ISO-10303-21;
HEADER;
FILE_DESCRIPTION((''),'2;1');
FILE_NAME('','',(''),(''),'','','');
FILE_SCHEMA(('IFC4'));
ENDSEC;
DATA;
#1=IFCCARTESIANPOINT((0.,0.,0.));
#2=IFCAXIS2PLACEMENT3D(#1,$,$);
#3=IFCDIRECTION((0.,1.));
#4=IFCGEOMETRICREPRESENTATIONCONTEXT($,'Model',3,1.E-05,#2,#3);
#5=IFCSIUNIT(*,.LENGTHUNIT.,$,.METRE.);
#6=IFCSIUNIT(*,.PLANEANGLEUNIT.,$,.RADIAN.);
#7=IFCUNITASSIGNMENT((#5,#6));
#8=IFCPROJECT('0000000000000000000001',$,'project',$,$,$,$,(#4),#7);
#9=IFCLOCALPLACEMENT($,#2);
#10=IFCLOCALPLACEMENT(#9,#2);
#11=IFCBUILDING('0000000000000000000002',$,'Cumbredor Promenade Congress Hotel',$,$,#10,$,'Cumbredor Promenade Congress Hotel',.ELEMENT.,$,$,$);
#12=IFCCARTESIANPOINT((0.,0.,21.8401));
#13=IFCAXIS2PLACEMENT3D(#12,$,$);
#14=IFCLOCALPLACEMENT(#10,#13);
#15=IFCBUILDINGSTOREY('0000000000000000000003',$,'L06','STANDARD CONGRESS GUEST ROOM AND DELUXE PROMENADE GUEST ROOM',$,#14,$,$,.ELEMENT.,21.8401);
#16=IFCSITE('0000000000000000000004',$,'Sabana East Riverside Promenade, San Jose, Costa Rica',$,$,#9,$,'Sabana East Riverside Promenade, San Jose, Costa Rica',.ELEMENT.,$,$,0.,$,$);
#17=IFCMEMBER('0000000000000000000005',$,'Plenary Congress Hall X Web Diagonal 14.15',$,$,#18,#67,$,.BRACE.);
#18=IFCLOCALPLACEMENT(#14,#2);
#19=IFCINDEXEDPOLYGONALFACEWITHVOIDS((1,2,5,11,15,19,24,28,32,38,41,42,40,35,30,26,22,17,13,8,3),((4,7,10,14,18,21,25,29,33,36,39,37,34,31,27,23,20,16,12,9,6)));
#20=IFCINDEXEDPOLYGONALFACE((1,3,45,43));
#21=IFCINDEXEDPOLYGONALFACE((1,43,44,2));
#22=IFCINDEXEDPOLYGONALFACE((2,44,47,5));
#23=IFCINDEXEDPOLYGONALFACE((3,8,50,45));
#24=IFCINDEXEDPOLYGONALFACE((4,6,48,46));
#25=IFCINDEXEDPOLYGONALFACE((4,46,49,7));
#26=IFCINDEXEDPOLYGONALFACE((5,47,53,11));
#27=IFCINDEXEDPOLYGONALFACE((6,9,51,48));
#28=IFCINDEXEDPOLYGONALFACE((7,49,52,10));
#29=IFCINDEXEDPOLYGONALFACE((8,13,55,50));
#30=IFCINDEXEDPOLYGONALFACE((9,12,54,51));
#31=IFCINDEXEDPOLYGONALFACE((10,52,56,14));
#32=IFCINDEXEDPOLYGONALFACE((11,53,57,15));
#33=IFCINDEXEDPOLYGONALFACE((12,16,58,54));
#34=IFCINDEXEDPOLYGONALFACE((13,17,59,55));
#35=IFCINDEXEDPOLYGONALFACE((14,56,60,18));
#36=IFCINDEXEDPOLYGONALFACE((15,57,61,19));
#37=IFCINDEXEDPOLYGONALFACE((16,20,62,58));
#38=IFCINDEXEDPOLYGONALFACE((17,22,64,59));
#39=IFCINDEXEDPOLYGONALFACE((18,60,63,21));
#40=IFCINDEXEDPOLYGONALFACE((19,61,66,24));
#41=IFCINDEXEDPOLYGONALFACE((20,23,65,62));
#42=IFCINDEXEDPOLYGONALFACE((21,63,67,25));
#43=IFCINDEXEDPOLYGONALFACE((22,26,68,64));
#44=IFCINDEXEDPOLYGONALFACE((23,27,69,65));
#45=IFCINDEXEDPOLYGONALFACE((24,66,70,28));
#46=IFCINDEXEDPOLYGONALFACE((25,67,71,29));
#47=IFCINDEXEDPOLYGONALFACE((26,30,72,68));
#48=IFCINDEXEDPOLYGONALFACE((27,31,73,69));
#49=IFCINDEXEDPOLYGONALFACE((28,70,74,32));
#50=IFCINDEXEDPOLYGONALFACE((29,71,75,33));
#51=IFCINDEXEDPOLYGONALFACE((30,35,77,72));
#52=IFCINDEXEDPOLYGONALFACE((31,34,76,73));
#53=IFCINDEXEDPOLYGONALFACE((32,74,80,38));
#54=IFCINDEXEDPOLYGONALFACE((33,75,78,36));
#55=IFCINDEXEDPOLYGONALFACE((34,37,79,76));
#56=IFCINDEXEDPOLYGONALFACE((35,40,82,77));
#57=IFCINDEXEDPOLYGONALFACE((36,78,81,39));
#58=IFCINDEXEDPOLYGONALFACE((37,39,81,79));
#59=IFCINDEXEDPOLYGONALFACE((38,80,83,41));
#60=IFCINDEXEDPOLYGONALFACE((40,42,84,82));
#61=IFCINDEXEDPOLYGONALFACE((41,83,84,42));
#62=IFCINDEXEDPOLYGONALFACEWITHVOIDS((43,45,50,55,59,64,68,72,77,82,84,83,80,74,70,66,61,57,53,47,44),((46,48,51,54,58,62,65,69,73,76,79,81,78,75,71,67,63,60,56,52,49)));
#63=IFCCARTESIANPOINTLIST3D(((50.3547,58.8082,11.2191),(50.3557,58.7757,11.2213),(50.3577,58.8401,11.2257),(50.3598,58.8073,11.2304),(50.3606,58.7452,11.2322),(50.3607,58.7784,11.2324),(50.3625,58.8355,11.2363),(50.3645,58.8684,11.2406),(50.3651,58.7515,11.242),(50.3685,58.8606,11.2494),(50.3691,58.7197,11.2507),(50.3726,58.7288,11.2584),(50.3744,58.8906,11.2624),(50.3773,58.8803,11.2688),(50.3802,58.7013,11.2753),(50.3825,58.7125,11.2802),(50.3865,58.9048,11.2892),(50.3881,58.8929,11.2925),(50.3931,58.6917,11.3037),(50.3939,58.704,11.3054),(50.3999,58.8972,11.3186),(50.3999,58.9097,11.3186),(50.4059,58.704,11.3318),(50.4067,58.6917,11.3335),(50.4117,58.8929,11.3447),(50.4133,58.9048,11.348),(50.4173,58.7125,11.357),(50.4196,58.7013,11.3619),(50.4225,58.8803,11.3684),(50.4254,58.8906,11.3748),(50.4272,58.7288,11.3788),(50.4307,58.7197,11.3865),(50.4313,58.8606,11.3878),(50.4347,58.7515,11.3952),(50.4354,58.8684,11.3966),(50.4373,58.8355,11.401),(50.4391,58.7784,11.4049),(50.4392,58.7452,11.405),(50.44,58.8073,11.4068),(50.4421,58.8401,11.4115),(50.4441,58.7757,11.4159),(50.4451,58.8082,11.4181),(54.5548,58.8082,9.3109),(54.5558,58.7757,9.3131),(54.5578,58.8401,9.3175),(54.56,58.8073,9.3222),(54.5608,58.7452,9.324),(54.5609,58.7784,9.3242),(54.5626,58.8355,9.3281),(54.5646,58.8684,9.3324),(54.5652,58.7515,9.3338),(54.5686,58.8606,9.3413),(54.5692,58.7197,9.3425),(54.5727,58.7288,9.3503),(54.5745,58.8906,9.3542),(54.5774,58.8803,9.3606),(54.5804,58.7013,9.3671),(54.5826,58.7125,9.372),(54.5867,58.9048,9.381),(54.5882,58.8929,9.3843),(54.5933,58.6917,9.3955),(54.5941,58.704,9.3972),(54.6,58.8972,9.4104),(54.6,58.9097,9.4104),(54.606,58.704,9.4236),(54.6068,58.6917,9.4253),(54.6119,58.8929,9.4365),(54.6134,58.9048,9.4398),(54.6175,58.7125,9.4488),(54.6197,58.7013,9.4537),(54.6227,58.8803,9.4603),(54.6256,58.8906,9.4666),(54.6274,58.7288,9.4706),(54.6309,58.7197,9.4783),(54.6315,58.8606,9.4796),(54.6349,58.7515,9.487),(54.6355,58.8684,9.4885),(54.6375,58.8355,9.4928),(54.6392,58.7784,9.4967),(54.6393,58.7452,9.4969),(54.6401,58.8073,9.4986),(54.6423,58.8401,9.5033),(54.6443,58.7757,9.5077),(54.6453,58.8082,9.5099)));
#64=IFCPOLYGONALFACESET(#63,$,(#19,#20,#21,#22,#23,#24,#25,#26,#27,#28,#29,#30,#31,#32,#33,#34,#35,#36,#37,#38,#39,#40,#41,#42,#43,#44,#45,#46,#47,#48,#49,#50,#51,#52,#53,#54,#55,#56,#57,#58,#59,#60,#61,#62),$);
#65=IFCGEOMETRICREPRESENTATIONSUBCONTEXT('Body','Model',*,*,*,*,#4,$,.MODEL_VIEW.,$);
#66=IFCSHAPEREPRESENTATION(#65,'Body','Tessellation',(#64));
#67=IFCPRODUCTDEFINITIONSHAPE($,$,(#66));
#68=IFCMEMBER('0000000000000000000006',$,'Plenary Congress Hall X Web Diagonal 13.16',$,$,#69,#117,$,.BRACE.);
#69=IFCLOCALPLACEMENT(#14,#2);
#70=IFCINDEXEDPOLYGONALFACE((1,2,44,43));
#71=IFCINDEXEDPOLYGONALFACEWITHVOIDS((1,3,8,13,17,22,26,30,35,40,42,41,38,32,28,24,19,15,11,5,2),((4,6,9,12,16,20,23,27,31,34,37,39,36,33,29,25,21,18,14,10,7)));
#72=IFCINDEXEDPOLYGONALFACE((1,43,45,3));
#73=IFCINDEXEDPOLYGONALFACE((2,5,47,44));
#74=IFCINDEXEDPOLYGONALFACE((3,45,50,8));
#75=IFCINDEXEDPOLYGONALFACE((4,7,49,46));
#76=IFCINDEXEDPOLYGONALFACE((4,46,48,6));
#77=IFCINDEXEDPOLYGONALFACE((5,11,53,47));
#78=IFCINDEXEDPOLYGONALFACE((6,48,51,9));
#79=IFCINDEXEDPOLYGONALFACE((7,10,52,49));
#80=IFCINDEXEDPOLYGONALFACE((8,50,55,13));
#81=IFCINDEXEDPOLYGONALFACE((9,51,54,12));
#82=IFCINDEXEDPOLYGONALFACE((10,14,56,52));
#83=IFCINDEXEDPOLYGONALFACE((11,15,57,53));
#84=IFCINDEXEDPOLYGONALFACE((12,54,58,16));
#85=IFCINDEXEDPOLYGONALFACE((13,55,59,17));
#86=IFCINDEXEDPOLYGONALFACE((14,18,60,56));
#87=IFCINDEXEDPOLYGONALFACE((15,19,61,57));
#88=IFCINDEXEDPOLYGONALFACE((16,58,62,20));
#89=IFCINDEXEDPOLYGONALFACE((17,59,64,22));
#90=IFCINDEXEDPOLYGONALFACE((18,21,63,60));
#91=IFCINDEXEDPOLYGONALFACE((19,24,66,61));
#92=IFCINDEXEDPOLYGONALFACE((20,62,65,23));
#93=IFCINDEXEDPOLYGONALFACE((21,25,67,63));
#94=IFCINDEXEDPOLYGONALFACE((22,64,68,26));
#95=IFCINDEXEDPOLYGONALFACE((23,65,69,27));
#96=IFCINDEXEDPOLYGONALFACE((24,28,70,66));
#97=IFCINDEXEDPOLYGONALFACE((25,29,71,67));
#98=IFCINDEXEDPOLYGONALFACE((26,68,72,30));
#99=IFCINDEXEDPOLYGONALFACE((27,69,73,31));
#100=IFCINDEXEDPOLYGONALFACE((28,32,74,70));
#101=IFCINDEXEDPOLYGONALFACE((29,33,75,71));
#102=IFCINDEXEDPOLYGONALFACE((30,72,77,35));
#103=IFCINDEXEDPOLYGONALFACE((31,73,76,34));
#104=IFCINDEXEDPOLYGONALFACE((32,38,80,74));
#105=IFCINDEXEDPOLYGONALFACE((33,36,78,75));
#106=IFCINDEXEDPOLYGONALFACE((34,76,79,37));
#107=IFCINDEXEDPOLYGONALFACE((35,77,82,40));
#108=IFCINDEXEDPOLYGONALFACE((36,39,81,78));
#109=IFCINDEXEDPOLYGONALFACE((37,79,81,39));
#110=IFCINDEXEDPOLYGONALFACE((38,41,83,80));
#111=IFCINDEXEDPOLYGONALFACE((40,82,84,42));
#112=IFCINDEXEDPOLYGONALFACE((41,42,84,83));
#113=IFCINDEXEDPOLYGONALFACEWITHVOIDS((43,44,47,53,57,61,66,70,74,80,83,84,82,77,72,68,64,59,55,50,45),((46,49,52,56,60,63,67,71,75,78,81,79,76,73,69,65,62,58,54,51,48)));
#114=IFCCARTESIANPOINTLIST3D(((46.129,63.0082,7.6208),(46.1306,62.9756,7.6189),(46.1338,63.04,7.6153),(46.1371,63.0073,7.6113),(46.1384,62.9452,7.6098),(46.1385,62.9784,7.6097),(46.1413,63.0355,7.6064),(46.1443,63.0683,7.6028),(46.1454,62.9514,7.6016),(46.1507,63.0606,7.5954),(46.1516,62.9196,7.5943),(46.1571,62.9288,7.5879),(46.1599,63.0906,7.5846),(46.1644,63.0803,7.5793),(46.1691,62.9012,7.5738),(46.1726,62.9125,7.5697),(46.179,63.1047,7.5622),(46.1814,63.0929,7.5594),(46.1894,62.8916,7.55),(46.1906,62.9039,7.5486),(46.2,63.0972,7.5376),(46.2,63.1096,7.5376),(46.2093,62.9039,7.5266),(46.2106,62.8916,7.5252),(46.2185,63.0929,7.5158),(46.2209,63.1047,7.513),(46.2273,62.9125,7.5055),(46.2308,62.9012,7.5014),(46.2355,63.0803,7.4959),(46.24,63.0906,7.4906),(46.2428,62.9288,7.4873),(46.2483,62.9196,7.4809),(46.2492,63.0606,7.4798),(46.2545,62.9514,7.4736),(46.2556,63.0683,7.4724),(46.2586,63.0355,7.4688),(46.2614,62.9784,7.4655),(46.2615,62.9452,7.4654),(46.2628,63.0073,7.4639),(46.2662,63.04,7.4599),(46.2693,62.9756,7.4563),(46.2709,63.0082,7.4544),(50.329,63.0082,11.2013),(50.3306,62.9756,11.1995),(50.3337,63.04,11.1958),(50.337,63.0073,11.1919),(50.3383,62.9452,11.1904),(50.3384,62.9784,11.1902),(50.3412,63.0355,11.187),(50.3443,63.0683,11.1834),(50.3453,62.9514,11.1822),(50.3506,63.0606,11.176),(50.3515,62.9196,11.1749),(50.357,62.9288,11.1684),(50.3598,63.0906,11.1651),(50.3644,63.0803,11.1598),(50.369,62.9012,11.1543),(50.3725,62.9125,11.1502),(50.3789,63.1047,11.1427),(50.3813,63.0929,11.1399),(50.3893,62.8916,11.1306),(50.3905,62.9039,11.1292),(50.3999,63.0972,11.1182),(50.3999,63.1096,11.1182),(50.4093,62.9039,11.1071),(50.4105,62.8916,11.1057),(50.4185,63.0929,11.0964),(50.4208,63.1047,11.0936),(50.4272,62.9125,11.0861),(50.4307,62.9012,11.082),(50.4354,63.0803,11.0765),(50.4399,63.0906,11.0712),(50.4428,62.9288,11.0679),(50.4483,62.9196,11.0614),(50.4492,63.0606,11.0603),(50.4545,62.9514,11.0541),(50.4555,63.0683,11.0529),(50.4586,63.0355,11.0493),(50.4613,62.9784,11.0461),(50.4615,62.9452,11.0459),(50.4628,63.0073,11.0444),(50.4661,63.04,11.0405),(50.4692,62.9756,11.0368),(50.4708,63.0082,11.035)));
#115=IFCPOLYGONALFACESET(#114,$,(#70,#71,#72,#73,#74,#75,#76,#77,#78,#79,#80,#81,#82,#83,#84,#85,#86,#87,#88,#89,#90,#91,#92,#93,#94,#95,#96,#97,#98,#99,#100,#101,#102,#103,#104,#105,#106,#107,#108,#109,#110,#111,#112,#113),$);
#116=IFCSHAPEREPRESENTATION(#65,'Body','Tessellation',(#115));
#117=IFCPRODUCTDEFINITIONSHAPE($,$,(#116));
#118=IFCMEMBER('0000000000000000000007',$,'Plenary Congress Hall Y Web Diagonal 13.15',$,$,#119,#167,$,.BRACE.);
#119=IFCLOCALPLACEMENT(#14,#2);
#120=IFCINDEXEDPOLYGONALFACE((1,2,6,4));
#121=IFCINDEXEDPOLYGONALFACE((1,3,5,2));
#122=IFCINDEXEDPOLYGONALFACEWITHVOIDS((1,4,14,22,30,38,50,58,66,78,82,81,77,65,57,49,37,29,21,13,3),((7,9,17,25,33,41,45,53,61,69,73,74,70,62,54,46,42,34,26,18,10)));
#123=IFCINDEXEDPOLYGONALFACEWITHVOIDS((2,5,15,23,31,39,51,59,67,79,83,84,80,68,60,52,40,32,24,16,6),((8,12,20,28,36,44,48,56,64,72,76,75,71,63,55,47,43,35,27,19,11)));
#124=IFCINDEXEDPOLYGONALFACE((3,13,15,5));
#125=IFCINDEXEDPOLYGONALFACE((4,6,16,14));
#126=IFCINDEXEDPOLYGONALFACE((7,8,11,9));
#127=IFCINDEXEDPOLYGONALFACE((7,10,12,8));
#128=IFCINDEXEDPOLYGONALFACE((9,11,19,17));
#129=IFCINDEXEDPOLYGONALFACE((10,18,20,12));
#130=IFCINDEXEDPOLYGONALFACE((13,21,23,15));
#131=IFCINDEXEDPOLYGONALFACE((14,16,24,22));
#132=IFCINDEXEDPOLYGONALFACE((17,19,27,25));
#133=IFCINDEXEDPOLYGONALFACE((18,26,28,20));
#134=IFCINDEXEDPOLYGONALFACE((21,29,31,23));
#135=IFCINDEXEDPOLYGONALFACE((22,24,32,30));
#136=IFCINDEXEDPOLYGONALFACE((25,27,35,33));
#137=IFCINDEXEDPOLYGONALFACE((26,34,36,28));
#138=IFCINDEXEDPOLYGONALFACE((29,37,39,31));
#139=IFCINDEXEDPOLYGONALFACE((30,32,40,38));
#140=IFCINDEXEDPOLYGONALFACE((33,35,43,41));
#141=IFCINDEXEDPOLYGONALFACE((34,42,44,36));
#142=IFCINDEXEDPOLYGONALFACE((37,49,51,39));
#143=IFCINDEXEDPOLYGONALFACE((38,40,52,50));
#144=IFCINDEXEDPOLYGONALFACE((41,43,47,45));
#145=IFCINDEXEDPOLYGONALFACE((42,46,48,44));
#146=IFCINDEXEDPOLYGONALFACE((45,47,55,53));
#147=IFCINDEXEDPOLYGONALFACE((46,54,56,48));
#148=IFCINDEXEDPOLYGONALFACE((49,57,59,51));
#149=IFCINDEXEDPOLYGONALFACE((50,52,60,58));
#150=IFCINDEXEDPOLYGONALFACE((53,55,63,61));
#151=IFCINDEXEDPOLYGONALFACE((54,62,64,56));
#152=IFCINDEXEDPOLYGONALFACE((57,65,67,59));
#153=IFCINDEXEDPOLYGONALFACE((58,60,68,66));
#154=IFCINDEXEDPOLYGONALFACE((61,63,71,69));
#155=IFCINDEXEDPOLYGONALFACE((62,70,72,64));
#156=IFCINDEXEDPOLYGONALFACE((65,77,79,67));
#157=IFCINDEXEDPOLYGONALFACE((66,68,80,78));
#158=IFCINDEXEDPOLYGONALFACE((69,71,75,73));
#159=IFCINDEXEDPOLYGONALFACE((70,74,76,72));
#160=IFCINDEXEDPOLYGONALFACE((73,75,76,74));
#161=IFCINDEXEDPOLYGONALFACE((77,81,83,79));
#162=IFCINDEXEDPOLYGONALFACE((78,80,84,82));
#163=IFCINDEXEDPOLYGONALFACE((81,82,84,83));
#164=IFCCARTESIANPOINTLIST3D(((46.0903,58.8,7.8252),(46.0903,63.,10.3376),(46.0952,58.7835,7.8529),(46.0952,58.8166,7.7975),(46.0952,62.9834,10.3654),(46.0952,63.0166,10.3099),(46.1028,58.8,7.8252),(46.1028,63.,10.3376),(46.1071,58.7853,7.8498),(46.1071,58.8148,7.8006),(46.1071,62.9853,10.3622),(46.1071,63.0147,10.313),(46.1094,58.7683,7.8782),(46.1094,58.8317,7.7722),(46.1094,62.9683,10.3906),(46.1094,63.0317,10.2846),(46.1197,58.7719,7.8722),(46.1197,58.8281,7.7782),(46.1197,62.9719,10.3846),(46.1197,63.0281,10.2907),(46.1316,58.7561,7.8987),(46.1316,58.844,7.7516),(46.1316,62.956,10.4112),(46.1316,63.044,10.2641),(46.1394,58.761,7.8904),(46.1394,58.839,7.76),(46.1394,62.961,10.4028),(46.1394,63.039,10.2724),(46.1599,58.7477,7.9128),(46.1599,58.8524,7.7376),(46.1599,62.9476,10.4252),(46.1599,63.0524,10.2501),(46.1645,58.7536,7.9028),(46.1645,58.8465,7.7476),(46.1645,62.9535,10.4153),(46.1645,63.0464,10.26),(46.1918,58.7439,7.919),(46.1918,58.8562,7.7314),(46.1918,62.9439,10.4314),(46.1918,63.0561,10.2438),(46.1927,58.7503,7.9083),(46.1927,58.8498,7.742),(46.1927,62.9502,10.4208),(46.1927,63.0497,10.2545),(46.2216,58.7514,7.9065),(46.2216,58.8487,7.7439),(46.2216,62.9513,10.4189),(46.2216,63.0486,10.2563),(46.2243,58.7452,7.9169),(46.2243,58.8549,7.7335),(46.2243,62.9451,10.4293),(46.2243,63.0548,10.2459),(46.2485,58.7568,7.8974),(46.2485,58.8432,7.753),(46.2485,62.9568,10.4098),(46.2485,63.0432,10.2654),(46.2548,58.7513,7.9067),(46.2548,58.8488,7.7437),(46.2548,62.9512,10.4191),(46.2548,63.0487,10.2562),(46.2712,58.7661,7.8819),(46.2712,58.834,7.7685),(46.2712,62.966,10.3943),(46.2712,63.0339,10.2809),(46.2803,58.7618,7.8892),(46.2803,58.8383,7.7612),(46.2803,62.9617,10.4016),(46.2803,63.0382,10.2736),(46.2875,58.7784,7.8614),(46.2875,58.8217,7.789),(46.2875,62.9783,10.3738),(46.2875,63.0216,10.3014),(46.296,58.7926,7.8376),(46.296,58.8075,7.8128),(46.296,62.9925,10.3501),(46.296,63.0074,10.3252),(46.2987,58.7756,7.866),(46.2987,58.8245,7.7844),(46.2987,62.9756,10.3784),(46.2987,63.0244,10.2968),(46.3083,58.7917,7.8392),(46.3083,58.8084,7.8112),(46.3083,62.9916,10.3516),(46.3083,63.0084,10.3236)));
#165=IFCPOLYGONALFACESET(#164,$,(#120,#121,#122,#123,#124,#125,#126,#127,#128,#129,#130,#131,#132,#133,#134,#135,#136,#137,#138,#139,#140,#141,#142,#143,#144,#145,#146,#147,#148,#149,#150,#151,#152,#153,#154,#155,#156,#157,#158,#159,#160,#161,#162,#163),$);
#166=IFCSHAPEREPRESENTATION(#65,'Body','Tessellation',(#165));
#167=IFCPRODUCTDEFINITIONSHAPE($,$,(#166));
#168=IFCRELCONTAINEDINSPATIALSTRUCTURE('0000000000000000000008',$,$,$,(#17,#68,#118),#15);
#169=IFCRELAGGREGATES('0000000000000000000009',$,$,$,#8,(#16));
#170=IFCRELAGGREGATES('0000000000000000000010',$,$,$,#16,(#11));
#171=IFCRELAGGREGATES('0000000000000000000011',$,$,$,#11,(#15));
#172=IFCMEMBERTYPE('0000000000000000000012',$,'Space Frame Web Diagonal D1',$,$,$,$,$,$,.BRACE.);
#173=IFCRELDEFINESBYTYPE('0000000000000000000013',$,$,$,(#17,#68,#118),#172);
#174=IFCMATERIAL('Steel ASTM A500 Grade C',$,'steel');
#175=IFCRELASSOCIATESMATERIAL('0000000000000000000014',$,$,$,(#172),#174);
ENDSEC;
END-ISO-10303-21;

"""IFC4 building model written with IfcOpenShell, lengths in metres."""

from ifc_helpers import new_model, si_unit, direction, frame, origin, origin_2d, place, context, subcontext, project, spatial, hollow_circle, extrude, material, material_profile, profile_set, type_object, element, save


model = new_model("IFC4")

# Units and contexts
model_context = context("Model", 3, precision=1e-05, world=origin(), true_north=direction((0.0, 1.0)))
body_context = subcontext(model_context, "Body", "Model", "MODEL_VIEW")
ifc_project = project(units=[si_unit("LENGTHUNIT", "METRE"), si_unit("PLANEANGLEUNIT", "RADIAN")], contexts=[model_context])

# Site, building, storey
site_placement = place(None, origin())
site = spatial("IfcSite", under=ifc_project, at=site_placement, Name="Sabana East Riverside Promenade, San Jose, Costa Rica", LongName="Sabana East Riverside Promenade, San Jose, Costa Rica", CompositionType="ELEMENT", RefElevation=0.0)
building_placement = place(site_placement, origin())
building = spatial("IfcBuilding", under=site, at=building_placement, Name="Cumbredor Promenade Congress Hotel", LongName="Cumbredor Promenade Congress Hotel", CompositionType="ELEMENT")
storey_placement = place(building_placement, frame((0.0, 0.0, 21.8401)))
storey = spatial("IfcBuildingStorey", under=building, at=storey_placement, Name="L06", Description="STANDARD CONGRESS GUEST ROOM AND DELUXE PROMENADE GUEST ROOM", CompositionType="ELEMENT", Elevation=21.8401)

# Members
ifc_material_1 = material(Name="Steel ASTM A500 Grade C", Category="steel")
ifc_material_profile_1 = material_profile(ifc_material_1, hollow_circle(Radius=0.1096, WallThickness=0.0125, at=origin_2d()), Name="CHS 219.1x12.5")
ifc_profile_set_1 = profile_set([ifc_material_profile_1], Name="Steel ASTM A500 Grade C")
member_type_1 = type_object("IfcMemberType", Name="Space Frame Web Diagonal D1", PredefinedType="BRACE", material=ifc_profile_set_1)
member_1_placement = place(storey_placement, frame((50.3999, 58.8, 11.3186), z_axis=(0.910446, 0.0, -0.413628), x_axis=(0.0, 1.0, 0.0)))
element("IfcMember", 1, at=member_1_placement, inside=storey, type_object=member_type_1, Name="Plenary Congress Hall X Web Diagonal 14.15", PredefinedType="BRACE", context=body_context, shape_type="SweptSolid", body=[
    extrude(hollow_circle(Radius=0.1096, WallThickness=0.0125, at=origin_2d()), origin(), (0.0, 0.0, 1.0), 4.6133),
])
member_2_placement = place(storey_placement, frame((46.2, 63.0, 7.5376), z_axis=(0.76099, 0.0, 0.648764), x_axis=(0.0, 1.0, 0.0)))
element("IfcMember", 2, at=member_2_placement, inside=storey, type_object=member_type_1, Name="Plenary Congress Hall X Web Diagonal 13.16", PredefinedType="BRACE", context=body_context, shape_type="SweptSolid", body=[
    extrude(hollow_circle(Radius=0.1096, WallThickness=0.0125, at=origin_2d()), origin(), (0.0, 0.0, 1.0), 5.519),
])
member_3_placement = place(storey_placement, frame((46.2, 58.8, 7.8252), z_axis=(0.0, 0.85817, 0.513366), x_axis=(-1.0, 0.0, 0.0)))
element("IfcMember", 3, at=member_3_placement, inside=storey, type_object=member_type_1, Name="Plenary Congress Hall Y Web Diagonal 13.15", PredefinedType="BRACE", context=body_context, shape_type="SweptSolid", body=[
    extrude(hollow_circle(Radius=0.1096, WallThickness=0.0125, at=origin_2d()), origin(), (0.0, 0.0, 1.0), 4.894),
])

save(model, "model.ifc")
